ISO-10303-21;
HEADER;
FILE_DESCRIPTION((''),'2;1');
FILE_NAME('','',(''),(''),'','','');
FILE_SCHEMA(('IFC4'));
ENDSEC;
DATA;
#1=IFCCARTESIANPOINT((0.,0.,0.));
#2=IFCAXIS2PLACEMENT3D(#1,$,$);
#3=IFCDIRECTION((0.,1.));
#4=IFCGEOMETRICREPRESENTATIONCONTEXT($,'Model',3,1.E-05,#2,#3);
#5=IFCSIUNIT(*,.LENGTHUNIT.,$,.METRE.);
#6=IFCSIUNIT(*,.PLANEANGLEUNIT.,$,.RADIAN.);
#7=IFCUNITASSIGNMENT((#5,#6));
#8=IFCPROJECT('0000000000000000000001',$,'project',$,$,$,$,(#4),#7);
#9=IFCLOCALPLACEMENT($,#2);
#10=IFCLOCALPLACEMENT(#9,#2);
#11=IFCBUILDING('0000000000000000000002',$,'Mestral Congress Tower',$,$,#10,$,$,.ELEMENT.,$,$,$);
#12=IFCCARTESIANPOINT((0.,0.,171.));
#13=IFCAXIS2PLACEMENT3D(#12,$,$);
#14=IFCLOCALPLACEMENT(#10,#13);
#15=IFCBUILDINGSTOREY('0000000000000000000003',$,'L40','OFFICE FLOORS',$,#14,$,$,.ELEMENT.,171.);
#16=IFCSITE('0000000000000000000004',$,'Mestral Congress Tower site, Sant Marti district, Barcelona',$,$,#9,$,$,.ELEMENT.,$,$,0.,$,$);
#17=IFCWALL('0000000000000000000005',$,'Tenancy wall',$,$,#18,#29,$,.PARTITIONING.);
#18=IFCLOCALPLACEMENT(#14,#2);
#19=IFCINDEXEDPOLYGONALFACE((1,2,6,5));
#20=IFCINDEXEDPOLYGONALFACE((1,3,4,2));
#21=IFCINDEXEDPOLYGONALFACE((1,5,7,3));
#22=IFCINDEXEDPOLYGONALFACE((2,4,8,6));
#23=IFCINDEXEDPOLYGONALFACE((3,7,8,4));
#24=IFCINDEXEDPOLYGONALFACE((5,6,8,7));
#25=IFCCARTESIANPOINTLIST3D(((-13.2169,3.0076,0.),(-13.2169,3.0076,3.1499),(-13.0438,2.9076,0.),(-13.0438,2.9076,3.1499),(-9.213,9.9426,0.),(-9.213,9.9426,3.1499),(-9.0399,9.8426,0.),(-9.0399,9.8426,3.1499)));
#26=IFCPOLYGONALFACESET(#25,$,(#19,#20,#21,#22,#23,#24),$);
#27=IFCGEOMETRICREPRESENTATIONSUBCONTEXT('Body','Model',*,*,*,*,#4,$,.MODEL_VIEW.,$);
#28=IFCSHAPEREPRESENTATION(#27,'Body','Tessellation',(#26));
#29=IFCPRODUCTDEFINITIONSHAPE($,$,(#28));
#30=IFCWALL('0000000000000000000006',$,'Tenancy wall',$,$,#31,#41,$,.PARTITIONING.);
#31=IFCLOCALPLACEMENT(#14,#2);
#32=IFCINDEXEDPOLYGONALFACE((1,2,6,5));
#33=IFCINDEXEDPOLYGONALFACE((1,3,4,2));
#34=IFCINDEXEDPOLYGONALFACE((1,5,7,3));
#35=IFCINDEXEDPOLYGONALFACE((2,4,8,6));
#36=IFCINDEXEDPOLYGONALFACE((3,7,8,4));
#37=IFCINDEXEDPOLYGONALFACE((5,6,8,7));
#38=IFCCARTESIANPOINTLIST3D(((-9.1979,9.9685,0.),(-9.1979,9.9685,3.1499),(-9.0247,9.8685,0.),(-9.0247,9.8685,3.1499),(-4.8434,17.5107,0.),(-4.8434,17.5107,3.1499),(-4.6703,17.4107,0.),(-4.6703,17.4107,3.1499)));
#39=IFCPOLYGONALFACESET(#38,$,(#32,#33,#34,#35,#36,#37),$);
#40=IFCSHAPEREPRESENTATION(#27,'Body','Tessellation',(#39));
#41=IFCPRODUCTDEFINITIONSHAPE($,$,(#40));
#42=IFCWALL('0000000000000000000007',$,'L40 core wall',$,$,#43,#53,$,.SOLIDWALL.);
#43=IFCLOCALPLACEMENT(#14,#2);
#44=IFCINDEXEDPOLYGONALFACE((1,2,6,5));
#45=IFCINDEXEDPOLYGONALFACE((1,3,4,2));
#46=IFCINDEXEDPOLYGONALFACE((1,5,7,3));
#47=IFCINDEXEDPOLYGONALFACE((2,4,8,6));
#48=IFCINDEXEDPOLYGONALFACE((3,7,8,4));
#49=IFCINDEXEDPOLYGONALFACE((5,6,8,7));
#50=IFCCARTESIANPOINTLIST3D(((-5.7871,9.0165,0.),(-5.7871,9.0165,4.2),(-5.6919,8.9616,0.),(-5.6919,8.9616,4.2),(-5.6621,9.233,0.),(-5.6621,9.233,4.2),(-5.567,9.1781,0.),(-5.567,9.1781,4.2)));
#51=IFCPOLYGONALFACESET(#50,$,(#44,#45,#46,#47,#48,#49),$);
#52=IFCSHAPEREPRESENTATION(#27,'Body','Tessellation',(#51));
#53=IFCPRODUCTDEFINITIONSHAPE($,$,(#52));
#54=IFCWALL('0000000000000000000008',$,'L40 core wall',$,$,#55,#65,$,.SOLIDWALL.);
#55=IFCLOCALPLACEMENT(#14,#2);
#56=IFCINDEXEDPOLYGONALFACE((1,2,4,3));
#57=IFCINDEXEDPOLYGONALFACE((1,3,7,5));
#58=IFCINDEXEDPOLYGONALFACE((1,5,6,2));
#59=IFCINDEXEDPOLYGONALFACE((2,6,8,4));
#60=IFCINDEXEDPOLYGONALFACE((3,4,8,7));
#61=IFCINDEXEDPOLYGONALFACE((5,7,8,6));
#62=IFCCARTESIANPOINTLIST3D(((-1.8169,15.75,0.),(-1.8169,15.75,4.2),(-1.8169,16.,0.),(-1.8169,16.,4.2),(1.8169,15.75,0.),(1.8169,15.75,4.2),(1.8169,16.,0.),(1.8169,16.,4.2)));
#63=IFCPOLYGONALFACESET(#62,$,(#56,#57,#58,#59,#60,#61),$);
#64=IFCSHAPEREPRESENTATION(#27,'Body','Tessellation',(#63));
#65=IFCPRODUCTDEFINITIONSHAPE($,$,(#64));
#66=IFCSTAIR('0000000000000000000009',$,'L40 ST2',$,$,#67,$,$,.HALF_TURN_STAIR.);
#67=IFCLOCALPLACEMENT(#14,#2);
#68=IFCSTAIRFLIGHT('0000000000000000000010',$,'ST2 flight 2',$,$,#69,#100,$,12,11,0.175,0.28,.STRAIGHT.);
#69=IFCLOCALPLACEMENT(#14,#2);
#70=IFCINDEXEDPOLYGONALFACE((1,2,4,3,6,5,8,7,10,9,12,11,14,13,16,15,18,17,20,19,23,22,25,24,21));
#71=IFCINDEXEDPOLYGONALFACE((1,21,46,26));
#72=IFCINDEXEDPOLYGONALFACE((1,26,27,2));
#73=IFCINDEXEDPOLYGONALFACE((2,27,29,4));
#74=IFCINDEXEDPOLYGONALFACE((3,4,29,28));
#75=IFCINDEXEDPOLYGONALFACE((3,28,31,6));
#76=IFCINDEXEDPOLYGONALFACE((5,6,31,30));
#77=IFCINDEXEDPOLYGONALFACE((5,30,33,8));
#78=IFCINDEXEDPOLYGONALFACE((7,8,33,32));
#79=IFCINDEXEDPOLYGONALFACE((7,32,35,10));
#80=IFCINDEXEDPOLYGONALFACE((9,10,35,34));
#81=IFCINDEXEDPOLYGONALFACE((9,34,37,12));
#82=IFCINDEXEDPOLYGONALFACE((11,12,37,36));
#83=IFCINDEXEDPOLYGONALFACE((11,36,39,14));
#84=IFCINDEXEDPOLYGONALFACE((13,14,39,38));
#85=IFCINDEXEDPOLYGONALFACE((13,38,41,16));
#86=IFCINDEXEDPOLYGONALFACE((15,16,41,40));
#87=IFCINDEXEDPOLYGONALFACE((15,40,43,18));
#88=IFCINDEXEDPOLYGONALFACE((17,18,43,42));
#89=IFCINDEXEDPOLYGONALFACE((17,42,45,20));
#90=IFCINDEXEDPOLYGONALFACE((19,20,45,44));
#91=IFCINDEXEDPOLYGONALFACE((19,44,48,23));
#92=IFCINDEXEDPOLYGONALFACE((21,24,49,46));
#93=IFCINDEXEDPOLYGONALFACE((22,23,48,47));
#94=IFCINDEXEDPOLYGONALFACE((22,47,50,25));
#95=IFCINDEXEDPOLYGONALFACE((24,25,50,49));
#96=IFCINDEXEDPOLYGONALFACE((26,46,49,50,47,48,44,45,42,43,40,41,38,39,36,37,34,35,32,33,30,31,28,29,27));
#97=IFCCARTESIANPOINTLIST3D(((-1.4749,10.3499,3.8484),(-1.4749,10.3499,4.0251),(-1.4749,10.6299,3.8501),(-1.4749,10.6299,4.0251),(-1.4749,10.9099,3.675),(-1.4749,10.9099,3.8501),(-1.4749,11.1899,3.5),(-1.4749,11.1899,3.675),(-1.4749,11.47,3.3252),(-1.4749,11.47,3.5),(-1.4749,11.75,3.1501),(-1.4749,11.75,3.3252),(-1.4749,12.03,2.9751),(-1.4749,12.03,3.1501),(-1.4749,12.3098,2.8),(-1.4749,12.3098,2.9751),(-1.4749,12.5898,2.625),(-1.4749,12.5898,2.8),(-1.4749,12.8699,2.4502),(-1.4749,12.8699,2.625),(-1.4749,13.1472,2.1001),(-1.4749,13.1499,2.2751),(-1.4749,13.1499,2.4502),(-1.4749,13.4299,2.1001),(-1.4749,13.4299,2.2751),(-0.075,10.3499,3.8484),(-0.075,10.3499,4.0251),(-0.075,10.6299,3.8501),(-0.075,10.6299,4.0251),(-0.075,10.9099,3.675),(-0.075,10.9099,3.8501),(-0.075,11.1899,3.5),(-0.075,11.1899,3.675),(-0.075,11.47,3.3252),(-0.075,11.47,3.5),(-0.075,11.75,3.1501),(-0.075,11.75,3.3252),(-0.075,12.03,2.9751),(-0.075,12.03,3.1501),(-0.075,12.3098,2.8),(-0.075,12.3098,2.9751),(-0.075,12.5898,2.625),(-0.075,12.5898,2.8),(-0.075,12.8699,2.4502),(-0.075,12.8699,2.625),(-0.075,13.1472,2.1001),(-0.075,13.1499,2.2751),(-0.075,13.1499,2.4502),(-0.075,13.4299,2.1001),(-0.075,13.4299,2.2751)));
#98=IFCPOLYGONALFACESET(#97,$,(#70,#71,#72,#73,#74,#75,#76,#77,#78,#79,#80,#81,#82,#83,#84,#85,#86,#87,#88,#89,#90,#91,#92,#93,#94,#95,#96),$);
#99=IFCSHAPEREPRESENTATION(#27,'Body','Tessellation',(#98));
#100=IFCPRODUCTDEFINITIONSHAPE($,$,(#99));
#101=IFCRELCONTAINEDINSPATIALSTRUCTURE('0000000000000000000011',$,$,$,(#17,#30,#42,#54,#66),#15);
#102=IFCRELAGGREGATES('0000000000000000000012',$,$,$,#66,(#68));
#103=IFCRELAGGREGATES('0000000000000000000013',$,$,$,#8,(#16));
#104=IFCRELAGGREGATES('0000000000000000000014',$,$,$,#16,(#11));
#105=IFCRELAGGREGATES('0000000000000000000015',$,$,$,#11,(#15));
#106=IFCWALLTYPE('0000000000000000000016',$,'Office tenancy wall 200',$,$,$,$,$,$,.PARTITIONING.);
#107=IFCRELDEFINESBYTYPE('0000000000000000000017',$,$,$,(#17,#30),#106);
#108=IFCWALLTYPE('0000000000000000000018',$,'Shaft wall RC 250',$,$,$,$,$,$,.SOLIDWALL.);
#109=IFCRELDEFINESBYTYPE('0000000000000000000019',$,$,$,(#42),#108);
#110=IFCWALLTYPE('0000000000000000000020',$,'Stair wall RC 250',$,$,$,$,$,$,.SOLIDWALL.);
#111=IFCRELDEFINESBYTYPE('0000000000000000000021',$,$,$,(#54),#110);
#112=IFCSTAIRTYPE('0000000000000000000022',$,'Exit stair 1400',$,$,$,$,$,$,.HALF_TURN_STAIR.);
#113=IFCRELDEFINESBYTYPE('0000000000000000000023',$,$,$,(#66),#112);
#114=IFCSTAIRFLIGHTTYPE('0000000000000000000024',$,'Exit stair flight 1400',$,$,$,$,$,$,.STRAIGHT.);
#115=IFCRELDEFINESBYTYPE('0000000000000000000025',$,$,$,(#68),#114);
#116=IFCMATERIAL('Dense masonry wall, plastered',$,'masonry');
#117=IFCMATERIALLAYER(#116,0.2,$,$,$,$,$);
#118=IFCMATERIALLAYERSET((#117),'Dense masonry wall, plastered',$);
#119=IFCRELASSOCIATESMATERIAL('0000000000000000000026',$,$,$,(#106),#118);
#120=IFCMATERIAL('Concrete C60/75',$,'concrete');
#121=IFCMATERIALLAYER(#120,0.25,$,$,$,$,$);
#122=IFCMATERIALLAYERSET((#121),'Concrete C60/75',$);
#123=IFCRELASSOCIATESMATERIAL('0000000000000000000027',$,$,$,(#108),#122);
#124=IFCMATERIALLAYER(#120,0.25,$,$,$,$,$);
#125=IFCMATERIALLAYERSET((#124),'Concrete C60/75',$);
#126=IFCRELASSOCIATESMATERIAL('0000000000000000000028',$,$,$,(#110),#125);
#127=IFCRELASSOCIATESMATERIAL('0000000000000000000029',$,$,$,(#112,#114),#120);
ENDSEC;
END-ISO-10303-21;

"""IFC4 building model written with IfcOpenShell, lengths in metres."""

from ifc_helpers import new_model, si_unit, direction, frame, frame_2d, origin, place, context, subcontext, project, spatial, polyline, rectangle, outline, extrude, material, layer, layer_set, type_object, element, aggregate, save


model = new_model("IFC4")

# Units and contexts
model_context = context("Model", 3, precision=1e-05, world=origin(), true_north=direction((0.0, 1.0)))
body_context = subcontext(model_context, "Body", "Model", "MODEL_VIEW")
ifc_project = project(units=[si_unit("LENGTHUNIT", "METRE"), si_unit("PLANEANGLEUNIT", "RADIAN")], contexts=[model_context])

# Site, building, storey
site_placement = place(None, origin())
site = spatial("IfcSite", under=ifc_project, at=site_placement, Name="Mestral Congress Tower site, Sant Marti district, Barcelona", CompositionType="ELEMENT", RefElevation=0.0)
building_placement = place(site_placement, origin())
building = spatial("IfcBuilding", under=site, at=building_placement, Name="Mestral Congress Tower", CompositionType="ELEMENT")
storey_placement = place(building_placement, frame((0.0, 0.0, 171.0)))
storey = spatial("IfcBuildingStorey", under=building, at=storey_placement, Name="L40", Description="OFFICE FLOORS", CompositionType="ELEMENT", Elevation=171.0)

# Shared definitions
ifc_material_1 = material(Name="Concrete C60/75", Category="concrete")

# Walls
ifc_material_2 = material(Name="Dense masonry wall, plastered", Category="masonry")
ifc_layer_1 = layer(ifc_material_2, 0.2)
ifc_layer_set_1 = layer_set([ifc_layer_1], Name="Dense masonry wall, plastered")
wall_type_1 = type_object("IfcWallType", Name="Office tenancy wall 200", PredefinedType="PARTITIONING", material=ifc_layer_set_1)
wall_1_placement = place(storey_placement, frame((-9.1265, 9.8926, 0.0), z_axis=(0.0, 0.0, 1.0), x_axis=(-0.499995, -0.866028, 0.0)))
element("IfcWall", 1, at=wall_1_placement, inside=storey, type_object=wall_type_1, Name="Tenancy wall", PredefinedType="PARTITIONING", context=body_context, shape_type="SweptSolid", body=[
    extrude(rectangle(XDim=8.0078, YDim=0.2, at=frame_2d((4.0039, 0.0))), origin(), (0.0, 0.0, 1.0), 3.1499),
])
wall_2_placement = place(storey_placement, frame((-4.7568, 17.4607, 0.0), z_axis=(0.0, 0.0, 1.0), x_axis=(-0.499998, -0.866026, 0.0)))
element("IfcWall", 2, at=wall_2_placement, inside=storey, type_object=wall_type_1, Name="Tenancy wall", PredefinedType="PARTITIONING", context=body_context, shape_type="SweptSolid", body=[
    extrude(rectangle(XDim=8.709, YDim=0.2, at=frame_2d((4.3545, 0.0))), origin(), (0.0, 0.0, 1.0), 3.1499),
])
ifc_layer_2 = layer(ifc_material_1, 0.25)
ifc_layer_set_2 = layer_set([ifc_layer_2], Name="Concrete C60/75")
wall_type_2 = type_object("IfcWallType", Name="Shaft wall RC 250", PredefinedType="SOLIDWALL", material=ifc_layer_set_2)
wall_3_placement = place(storey_placement, frame((-5.7246, 9.1248, 0.0), z_axis=(0.0, 0.0, 1.0), x_axis=(0.866186, -0.499722, 0.0)))
element("IfcWall", 3, at=wall_3_placement, inside=storey, type_object=wall_type_2, Name="L40 core wall", PredefinedType="SOLIDWALL", context=body_context, shape_type="SweptSolid", body=[
    extrude(rectangle(XDim=0.1099, YDim=0.25, at=frame_2d((0.0549, 0.0))), origin(), (0.0, 0.0, 1.0), 4.2),
])
ifc_layer_3 = layer(ifc_material_1, 0.25)
ifc_layer_set_3 = layer_set([ifc_layer_3], Name="Concrete C60/75")
wall_type_3 = type_object("IfcWallType", Name="Stair wall RC 250", PredefinedType="SOLIDWALL", material=ifc_layer_set_3)
wall_4_placement = place(storey_placement, frame((-1.8169, 15.875, 0.0), z_axis=(0.0, 0.0, 1.0), x_axis=(1.0, 0.0, 0.0)))
element("IfcWall", 4, at=wall_4_placement, inside=storey, type_object=wall_type_3, Name="L40 core wall", PredefinedType="SOLIDWALL", context=body_context, shape_type="SweptSolid", body=[
    extrude(rectangle(XDim=3.6338, YDim=0.25, at=frame_2d((1.8169, 0.0))), origin(), (0.0, 0.0, 1.0), 4.2),
])

# Stair, stair flight
stair_type = type_object("IfcStairType", Name="Exit stair 1400", PredefinedType="HALF_TURN_STAIR", material=ifc_material_1)
stair_placement = place(storey_placement, origin())
stair = element("IfcStair", 5, at=stair_placement, inside=storey, type_object=stair_type, Name="L40 ST2", PredefinedType="HALF_TURN_STAIR")
stair_flight_type = type_object("IfcStairFlightType", Name="Exit stair flight 1400", PredefinedType="STRAIGHT", material=ifc_material_1)
stair_flight_placement = place(storey_placement, frame((-0.7749, 13.4299, 2.1001), z_axis=(0.0, 0.0, 1.0), x_axis=(0.0, -1.0, 0.0)))
stair_flight = element("IfcStairFlight", 6, at=stair_flight_placement, type_object=stair_flight_type, Name="ST2 flight 2", NumberOfRisers=12, NumberOfTreads=11, PredefinedType="STRAIGHT", RiserHeight=0.175, TreadLength=0.28, context=body_context, shape_type="SweptSolid", body=[
    extrude(outline(polyline([(0.0, 0.0), (0.0, 0.175), (0.28, 0.175), (0.28, 0.3501), (0.5601, 0.3501), (0.5601, 0.5249), (0.8401, 0.5249), (0.8401, 0.7), (1.1201, 0.7), (1.1201, 0.875), (1.3999, 0.875), (1.3999, 1.05), (1.6799, 1.05), (1.6799, 1.2251), (1.96, 1.2251), (1.96, 1.3999), (2.24, 1.3999), (2.24, 1.575), (2.52, 1.575), (2.52, 1.75), (2.8, 1.75), (2.8, 1.925), (3.0801, 1.925), (3.0801, 2.1001), (3.0801, 1.7483), (0.2827, 0.0), (0.0, 0.0)])), frame((0.0, 0.7, 0.0), z_axis=(0.0, -1.0, 0.0), x_axis=(1.0, 0.0, 0.0)), (0.0, 0.0, 1.0), 1.3999),
])
aggregate(stair, [stair_flight])

save(model, "model.ifc")
